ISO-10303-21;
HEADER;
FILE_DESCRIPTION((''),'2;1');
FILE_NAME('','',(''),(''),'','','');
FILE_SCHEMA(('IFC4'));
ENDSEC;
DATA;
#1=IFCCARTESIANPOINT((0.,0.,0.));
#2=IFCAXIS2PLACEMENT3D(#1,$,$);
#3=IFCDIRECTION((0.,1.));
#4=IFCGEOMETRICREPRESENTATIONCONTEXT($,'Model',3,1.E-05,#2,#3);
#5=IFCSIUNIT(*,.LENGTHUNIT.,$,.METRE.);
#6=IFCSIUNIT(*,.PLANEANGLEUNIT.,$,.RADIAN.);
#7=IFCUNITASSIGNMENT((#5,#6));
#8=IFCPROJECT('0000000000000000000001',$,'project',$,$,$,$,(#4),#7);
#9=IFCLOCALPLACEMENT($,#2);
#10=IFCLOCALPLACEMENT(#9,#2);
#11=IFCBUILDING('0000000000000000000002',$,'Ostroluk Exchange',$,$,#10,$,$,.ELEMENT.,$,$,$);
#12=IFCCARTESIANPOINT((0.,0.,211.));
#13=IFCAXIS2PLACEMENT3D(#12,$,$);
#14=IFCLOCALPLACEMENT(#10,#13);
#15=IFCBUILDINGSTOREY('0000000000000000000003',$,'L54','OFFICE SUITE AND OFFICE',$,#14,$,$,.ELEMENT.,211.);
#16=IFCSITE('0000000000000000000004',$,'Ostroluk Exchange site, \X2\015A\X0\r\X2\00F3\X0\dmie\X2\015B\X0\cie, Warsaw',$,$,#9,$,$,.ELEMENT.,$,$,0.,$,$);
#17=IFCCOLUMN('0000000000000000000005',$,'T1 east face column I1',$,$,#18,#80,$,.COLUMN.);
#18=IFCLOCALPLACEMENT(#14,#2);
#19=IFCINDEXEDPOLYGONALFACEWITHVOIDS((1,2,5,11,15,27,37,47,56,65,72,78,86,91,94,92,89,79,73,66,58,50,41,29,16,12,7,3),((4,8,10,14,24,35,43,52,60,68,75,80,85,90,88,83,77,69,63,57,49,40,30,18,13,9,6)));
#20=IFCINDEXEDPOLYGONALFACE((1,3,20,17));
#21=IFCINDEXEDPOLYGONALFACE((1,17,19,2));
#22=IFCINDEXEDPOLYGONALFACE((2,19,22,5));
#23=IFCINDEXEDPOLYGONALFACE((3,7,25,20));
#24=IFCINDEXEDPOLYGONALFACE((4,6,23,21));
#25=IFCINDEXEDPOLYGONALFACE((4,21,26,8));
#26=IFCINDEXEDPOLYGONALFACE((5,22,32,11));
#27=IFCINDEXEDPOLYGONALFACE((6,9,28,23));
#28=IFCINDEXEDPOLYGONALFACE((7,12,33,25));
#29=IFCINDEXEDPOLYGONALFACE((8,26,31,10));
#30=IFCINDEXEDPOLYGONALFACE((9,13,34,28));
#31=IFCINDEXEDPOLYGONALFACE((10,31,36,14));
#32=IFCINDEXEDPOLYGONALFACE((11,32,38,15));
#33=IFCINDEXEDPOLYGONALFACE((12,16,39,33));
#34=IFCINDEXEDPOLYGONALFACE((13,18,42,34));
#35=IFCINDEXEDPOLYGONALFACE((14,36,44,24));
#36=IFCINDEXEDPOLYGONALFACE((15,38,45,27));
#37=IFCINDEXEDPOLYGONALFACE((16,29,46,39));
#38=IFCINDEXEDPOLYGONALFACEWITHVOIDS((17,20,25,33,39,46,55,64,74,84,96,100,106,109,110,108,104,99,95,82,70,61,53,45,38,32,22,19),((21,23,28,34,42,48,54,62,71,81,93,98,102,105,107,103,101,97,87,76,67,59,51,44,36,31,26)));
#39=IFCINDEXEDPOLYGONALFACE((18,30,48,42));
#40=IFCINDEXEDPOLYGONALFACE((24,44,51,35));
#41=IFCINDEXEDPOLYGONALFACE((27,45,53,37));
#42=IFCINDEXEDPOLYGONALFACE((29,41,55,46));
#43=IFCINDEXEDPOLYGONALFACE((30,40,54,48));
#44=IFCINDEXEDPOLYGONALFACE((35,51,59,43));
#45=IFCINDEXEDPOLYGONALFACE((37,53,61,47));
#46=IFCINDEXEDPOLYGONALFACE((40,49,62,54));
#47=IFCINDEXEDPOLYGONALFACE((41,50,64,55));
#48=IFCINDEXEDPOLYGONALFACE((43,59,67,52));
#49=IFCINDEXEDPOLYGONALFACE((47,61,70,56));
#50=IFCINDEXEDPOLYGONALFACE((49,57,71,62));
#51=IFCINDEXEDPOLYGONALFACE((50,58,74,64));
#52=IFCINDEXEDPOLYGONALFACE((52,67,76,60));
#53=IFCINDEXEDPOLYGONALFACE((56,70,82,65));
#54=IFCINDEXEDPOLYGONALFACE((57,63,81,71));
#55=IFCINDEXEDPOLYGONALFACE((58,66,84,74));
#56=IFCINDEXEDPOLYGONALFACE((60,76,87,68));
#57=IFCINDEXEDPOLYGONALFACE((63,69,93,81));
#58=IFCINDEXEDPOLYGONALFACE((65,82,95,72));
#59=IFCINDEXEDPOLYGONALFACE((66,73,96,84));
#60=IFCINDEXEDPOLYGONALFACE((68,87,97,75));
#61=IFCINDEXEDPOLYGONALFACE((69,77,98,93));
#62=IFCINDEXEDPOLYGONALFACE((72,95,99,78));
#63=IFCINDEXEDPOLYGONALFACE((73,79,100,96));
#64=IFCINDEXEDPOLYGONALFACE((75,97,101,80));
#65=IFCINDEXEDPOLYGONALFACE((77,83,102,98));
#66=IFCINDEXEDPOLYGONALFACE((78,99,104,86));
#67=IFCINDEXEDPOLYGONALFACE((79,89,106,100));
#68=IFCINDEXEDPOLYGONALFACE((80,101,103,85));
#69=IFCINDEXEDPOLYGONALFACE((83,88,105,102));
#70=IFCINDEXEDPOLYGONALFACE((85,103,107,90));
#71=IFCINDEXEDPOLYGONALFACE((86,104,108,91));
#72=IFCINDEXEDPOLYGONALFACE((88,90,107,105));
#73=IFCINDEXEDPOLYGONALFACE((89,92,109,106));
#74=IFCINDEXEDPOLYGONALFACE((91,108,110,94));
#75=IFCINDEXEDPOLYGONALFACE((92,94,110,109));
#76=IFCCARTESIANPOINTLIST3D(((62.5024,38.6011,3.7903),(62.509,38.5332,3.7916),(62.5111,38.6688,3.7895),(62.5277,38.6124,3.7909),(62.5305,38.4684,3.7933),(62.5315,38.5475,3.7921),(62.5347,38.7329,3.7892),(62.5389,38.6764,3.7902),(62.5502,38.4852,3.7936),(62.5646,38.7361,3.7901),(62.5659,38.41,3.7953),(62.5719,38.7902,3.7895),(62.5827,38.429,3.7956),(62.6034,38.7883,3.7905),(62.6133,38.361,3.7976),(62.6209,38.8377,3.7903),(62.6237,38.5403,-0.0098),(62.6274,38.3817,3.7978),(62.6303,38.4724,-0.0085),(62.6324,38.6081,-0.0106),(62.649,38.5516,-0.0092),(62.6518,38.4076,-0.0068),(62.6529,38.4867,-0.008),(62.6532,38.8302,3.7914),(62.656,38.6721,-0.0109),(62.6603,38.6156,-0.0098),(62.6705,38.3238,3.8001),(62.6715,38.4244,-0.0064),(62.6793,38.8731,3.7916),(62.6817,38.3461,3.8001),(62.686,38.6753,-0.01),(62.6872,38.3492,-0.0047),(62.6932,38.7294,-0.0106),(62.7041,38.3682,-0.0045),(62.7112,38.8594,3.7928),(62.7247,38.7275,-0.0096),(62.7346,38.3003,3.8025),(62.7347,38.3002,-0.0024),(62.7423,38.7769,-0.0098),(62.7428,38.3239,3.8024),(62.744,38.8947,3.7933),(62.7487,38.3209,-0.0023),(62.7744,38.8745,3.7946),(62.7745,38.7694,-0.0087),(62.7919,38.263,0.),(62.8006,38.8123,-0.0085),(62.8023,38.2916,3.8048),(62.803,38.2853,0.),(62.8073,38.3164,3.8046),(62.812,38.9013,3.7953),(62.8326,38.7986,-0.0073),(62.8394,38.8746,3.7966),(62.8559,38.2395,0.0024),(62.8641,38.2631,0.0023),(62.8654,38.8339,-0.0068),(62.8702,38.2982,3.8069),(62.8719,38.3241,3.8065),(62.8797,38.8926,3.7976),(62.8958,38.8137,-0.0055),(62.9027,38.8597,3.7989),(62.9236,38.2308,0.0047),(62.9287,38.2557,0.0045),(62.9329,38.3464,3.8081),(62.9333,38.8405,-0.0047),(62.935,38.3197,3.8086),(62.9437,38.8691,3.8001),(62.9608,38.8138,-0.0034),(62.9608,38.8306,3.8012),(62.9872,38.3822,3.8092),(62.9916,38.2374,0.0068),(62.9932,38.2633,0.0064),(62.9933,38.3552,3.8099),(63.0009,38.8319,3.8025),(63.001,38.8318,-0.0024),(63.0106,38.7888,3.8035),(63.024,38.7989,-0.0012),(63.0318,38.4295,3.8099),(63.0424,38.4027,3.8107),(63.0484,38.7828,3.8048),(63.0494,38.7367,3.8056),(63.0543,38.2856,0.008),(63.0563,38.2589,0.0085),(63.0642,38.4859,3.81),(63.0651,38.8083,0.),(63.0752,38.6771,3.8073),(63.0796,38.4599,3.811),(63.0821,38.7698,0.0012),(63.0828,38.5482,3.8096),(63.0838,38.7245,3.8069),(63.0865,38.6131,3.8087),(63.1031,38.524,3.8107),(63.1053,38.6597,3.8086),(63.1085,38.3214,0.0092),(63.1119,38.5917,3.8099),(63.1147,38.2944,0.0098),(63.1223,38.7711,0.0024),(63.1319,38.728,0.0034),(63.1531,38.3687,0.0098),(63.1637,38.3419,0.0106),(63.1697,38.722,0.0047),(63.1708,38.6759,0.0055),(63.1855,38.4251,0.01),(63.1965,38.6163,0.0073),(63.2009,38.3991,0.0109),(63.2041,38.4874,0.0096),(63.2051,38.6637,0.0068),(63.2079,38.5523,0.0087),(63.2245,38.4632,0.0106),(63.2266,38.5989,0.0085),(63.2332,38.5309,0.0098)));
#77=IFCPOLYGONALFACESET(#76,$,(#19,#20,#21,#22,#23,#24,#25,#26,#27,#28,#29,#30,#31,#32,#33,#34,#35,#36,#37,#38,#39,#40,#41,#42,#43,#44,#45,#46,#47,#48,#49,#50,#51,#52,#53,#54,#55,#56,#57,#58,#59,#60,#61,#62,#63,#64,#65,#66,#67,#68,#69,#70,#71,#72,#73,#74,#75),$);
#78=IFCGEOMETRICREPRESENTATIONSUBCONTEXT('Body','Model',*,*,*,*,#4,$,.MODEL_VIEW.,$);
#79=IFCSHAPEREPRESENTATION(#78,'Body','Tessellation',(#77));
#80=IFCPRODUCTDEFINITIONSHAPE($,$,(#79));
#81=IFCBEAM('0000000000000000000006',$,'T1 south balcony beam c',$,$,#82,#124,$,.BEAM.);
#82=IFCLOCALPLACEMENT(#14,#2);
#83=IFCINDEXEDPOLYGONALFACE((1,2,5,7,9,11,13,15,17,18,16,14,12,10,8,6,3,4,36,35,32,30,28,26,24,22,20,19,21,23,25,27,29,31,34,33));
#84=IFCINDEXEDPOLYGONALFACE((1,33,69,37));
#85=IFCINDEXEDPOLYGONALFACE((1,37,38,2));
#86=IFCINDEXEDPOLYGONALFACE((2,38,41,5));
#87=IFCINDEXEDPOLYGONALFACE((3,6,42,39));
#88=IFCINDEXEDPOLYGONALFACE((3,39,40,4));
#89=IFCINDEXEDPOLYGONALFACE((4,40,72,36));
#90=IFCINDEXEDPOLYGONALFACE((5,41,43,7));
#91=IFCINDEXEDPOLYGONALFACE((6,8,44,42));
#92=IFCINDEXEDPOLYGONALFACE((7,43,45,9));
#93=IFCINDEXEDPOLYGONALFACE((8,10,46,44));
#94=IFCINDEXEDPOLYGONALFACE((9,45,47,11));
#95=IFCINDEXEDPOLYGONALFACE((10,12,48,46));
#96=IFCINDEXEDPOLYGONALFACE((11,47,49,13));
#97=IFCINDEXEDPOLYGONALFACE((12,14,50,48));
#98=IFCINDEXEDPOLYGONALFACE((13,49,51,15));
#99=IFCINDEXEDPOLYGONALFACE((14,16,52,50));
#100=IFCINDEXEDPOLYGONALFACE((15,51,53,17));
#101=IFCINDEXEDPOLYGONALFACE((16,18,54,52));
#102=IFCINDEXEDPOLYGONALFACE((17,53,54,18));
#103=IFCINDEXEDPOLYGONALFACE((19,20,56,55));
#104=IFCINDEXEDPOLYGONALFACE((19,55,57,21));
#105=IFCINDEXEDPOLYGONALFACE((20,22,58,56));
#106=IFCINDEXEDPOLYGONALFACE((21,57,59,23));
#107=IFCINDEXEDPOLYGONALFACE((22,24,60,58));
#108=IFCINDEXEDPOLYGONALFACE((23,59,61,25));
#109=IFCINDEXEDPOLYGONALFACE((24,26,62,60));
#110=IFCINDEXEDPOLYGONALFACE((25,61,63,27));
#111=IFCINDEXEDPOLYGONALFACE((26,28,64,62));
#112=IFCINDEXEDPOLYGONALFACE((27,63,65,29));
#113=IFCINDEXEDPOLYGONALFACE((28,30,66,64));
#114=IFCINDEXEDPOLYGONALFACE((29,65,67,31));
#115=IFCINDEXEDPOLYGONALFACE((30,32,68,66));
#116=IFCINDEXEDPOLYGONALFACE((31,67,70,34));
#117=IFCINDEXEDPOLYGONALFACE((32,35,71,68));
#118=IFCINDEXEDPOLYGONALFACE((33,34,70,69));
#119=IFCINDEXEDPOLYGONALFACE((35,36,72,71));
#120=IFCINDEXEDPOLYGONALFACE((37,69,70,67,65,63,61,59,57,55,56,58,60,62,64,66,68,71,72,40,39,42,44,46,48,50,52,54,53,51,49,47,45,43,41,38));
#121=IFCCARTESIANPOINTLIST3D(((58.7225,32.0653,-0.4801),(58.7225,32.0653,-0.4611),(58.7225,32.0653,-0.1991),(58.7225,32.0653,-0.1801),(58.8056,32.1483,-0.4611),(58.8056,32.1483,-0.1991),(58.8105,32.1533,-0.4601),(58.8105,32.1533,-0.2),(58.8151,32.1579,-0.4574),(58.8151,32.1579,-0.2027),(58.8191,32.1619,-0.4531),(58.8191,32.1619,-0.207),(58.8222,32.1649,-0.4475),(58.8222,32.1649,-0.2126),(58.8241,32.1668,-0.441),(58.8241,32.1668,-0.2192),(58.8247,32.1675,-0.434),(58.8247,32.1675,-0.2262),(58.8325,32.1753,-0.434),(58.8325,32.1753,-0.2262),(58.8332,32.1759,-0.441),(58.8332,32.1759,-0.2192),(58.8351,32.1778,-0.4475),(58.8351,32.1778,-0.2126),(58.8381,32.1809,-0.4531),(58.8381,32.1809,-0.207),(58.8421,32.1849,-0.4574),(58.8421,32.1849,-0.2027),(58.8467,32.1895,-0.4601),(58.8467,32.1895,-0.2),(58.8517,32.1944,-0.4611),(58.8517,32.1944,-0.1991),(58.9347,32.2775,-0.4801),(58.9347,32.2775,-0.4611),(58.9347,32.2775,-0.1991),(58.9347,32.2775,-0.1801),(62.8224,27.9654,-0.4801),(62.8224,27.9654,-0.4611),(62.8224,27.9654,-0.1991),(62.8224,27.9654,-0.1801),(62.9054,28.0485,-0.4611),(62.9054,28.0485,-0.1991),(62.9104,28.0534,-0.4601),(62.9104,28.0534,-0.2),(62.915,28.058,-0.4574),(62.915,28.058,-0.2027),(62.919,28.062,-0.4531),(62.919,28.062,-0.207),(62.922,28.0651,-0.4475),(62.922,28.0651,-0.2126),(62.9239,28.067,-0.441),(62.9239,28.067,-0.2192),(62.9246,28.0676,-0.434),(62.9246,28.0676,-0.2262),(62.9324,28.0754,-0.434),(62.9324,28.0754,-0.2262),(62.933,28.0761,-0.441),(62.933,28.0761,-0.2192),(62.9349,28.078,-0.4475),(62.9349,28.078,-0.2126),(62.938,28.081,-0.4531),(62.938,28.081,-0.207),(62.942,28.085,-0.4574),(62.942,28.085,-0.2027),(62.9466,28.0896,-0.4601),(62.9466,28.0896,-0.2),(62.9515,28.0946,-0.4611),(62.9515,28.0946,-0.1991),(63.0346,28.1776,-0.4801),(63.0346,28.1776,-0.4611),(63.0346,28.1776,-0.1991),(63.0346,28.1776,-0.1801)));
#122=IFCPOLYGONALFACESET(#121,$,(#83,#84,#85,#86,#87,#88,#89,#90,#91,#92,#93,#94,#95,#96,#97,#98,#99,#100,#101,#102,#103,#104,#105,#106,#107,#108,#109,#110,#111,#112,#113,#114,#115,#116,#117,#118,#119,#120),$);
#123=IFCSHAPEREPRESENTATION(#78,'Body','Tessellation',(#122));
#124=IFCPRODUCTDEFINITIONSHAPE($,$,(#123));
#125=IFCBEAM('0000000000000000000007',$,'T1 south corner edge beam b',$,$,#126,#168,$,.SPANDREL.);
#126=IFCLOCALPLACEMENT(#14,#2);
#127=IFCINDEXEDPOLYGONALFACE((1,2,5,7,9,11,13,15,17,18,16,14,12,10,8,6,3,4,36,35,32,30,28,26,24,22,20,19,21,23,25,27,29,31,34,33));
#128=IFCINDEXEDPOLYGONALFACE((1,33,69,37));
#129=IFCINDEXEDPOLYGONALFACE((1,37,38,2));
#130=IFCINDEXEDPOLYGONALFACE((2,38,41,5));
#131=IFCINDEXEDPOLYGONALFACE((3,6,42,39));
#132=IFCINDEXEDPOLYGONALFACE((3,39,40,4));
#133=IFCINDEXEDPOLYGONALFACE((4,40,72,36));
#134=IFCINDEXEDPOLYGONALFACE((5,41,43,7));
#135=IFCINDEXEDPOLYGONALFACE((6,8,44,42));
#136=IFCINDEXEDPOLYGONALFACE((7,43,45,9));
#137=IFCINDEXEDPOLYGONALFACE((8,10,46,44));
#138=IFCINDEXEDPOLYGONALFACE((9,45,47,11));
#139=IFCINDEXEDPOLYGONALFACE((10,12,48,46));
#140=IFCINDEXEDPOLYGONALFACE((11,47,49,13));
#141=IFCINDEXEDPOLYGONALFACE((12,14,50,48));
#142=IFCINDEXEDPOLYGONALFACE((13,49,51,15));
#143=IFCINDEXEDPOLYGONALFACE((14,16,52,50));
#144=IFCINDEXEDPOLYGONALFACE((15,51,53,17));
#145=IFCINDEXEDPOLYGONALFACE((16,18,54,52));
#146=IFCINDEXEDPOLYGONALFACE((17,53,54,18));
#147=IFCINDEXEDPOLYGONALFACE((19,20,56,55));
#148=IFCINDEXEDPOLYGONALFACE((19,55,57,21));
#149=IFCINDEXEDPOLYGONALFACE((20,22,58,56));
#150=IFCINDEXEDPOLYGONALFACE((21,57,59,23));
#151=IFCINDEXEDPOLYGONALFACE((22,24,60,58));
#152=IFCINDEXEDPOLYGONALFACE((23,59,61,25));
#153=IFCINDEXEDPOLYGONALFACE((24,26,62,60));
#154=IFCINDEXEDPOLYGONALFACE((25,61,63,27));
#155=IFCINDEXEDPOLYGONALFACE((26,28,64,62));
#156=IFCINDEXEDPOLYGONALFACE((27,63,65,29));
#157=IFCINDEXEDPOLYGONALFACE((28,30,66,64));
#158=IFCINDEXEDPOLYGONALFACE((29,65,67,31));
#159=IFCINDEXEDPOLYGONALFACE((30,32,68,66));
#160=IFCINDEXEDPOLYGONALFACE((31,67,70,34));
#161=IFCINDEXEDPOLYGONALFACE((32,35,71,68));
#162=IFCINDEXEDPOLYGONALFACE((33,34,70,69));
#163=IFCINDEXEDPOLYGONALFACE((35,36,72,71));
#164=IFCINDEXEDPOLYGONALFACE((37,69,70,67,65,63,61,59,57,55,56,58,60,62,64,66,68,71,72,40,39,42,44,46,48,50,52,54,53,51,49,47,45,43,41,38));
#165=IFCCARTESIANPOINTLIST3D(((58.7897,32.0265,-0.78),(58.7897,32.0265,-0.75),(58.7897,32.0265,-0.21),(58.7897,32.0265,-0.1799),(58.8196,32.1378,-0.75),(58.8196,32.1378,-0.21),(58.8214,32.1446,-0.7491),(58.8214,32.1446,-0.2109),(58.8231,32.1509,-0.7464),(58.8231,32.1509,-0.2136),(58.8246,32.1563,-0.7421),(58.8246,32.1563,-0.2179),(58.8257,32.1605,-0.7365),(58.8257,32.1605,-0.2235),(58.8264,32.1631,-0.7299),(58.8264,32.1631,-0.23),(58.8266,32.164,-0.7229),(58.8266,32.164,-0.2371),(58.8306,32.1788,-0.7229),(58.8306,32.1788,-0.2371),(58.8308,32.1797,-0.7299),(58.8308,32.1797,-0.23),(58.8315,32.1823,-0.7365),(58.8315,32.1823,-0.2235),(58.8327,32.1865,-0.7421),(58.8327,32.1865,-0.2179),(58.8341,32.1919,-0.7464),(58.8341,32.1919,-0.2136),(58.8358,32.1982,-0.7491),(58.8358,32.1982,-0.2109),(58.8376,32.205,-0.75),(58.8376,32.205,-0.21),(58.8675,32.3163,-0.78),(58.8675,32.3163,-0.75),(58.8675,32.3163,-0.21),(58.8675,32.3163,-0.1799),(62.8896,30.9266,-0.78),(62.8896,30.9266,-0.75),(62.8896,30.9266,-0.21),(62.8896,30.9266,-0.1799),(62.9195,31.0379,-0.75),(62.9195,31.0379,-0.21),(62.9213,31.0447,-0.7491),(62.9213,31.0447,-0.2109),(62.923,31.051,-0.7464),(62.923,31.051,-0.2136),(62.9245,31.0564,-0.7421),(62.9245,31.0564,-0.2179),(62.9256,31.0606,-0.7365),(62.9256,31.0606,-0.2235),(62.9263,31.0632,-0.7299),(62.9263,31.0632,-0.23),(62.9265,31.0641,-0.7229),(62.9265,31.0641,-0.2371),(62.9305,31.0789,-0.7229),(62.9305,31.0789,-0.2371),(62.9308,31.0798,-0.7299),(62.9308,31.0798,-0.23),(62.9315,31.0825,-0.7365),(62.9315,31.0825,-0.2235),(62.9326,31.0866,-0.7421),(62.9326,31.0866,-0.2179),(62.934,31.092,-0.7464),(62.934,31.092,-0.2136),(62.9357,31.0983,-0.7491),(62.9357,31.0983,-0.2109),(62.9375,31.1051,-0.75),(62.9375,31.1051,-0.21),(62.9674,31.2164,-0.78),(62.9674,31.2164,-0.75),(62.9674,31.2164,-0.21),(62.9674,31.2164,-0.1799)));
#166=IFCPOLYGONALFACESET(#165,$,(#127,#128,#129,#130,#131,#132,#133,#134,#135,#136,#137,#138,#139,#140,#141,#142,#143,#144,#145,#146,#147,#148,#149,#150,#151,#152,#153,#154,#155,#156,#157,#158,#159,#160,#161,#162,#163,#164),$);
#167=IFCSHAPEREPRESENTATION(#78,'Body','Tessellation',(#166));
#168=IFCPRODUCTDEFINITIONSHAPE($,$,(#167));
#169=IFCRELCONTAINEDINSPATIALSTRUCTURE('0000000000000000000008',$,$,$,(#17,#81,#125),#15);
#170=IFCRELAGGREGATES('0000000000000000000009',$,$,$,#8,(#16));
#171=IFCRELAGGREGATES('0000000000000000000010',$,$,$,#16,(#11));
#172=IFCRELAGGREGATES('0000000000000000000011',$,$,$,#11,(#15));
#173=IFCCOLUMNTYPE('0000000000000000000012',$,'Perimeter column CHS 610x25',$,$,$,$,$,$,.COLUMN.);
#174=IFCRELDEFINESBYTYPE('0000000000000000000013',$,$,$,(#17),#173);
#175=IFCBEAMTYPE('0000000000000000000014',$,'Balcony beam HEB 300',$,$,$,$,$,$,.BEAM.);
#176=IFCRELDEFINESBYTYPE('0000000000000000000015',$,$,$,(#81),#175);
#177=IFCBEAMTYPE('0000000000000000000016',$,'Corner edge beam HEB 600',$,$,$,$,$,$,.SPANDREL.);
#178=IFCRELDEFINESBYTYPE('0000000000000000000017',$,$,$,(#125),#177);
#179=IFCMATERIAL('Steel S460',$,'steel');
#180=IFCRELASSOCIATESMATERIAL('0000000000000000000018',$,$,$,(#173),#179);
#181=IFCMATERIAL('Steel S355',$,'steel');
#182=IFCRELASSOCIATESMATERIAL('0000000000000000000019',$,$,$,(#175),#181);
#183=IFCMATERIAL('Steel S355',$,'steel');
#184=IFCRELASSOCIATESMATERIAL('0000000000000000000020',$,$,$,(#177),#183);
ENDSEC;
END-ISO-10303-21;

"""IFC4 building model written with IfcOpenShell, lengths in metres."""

from ifc_helpers import new_model, si_unit, direction, frame, origin, origin_2d, place, context, subcontext, project, spatial, hollow_circle, i_section, extrude, material, material_profile, profile_set, type_object, element, save


model = new_model("IFC4")

# Units and contexts
model_context = context("Model", 3, precision=1e-05, world=origin(), true_north=direction((0.0, 1.0)))
body_context = subcontext(model_context, "Body", "Model", "MODEL_VIEW")
ifc_project = project(units=[si_unit("LENGTHUNIT", "METRE"), si_unit("PLANEANGLEUNIT", "RADIAN")], contexts=[model_context])

# Site, building, storey
site_placement = place(None, origin())
site = spatial("IfcSite", under=ifc_project, at=site_placement, Name="Ostroluk Exchange site, Śródmieście, Warsaw", CompositionType="ELEMENT", RefElevation=0.0)
building_placement = place(site_placement, origin())
building = spatial("IfcBuilding", under=site, at=building_placement, Name="Ostroluk Exchange", CompositionType="ELEMENT")
storey_placement = place(building_placement, frame((0.0, 0.0, 211.0)))
storey = spatial("IfcBuildingStorey", under=building, at=storey_placement, Name="L54", Description="OFFICE SUITE AND OFFICE", CompositionType="ELEMENT", Elevation=211.0)

# Column
ifc_material_1 = material(Name="Steel S460", Category="steel")
ifc_material_profile_1 = material_profile(ifc_material_1, hollow_circle(Radius=0.3049, WallThickness=0.0249, at=origin_2d()), Name="CHS 610x25")
ifc_profile_set_1 = profile_set([ifc_material_profile_1], Name="Steel S460")
column_type = type_object("IfcColumnType", Name="Perimeter column CHS 610x25", PredefinedType="COLUMN", material=ifc_profile_set_1)
column_placement = place(storey_placement, frame((62.9285, 38.5356, 0.0), z_axis=(-0.03191, 0.015987, 0.999363), x_axis=(-0.447933, -0.894067, 0.0)))
element("IfcColumn", 1, at=column_placement, inside=storey, type_object=column_type, Name="T1 east face column I1", PredefinedType="COLUMN", context=body_context, shape_type="SweptSolid", body=[
    extrude(hollow_circle(Radius=0.3049, WallThickness=0.0249, at=origin_2d()), origin(), (0.0, 0.0, 1.0), 3.8025),
])

# Beams
ifc_material_2 = material(Name="Steel S355", Category="steel")
ifc_material_profile_2 = material_profile(ifc_material_2, i_section(OverallWidth=0.3, OverallDepth=0.3, WebThickness=0.011, FlangeThickness=0.019, FilletRadius=0.0271, at=origin_2d()), Name="HEB 300")
ifc_profile_set_2 = profile_set([ifc_material_profile_2], Name="Steel S355")
beam_type_1 = type_object("IfcBeamType", Name="Balcony beam HEB 300", PredefinedType="BEAM", material=ifc_profile_set_2)
beam_1_placement = place(storey_placement, frame((58.8286, 32.1714, -0.3301), z_axis=(0.707107, -0.707107, 0.0), x_axis=(0.707107, 0.707107, 0.0)))
element("IfcBeam", 2, at=beam_1_placement, inside=storey, type_object=beam_type_1, Name="T1 south balcony beam c", PredefinedType="BEAM", context=body_context, shape_type="SweptSolid", body=[
    extrude(i_section(OverallWidth=0.3, OverallDepth=0.3, WebThickness=0.011, FlangeThickness=0.019, FilletRadius=0.0271, at=origin_2d()), origin(), (0.0, 0.0, 1.0), 5.7981),
])
ifc_material_3 = material(Name="Steel S355", Category="steel")
ifc_material_profile_3 = material_profile(ifc_material_3, i_section(OverallWidth=0.3, OverallDepth=0.6001, WebThickness=0.0154, FlangeThickness=0.03, FilletRadius=0.0271, at=origin_2d()), Name="HEB 600")
ifc_profile_set_3 = profile_set([ifc_material_profile_3], Name="Steel S355")
beam_type_2 = type_object("IfcBeamType", Name="Corner edge beam HEB 600", PredefinedType="SPANDREL", material=ifc_profile_set_3)
beam_2_placement = place(storey_placement, frame((58.8286, 32.1714, -0.48), z_axis=(0.965849, -0.259105, 0.0), x_axis=(0.259105, 0.965849, 0.0)))
element("IfcBeam", 3, at=beam_2_placement, inside=storey, type_object=beam_type_2, Name="T1 south corner edge beam b", PredefinedType="SPANDREL", context=body_context, shape_type="SweptSolid", body=[
    extrude(i_section(OverallWidth=0.3, OverallDepth=0.6001, WebThickness=0.0154, FlangeThickness=0.03, FilletRadius=0.0271, at=origin_2d()), origin(), (0.0, 0.0, 1.0), 4.2449),
])

save(model, "model.ifc")
